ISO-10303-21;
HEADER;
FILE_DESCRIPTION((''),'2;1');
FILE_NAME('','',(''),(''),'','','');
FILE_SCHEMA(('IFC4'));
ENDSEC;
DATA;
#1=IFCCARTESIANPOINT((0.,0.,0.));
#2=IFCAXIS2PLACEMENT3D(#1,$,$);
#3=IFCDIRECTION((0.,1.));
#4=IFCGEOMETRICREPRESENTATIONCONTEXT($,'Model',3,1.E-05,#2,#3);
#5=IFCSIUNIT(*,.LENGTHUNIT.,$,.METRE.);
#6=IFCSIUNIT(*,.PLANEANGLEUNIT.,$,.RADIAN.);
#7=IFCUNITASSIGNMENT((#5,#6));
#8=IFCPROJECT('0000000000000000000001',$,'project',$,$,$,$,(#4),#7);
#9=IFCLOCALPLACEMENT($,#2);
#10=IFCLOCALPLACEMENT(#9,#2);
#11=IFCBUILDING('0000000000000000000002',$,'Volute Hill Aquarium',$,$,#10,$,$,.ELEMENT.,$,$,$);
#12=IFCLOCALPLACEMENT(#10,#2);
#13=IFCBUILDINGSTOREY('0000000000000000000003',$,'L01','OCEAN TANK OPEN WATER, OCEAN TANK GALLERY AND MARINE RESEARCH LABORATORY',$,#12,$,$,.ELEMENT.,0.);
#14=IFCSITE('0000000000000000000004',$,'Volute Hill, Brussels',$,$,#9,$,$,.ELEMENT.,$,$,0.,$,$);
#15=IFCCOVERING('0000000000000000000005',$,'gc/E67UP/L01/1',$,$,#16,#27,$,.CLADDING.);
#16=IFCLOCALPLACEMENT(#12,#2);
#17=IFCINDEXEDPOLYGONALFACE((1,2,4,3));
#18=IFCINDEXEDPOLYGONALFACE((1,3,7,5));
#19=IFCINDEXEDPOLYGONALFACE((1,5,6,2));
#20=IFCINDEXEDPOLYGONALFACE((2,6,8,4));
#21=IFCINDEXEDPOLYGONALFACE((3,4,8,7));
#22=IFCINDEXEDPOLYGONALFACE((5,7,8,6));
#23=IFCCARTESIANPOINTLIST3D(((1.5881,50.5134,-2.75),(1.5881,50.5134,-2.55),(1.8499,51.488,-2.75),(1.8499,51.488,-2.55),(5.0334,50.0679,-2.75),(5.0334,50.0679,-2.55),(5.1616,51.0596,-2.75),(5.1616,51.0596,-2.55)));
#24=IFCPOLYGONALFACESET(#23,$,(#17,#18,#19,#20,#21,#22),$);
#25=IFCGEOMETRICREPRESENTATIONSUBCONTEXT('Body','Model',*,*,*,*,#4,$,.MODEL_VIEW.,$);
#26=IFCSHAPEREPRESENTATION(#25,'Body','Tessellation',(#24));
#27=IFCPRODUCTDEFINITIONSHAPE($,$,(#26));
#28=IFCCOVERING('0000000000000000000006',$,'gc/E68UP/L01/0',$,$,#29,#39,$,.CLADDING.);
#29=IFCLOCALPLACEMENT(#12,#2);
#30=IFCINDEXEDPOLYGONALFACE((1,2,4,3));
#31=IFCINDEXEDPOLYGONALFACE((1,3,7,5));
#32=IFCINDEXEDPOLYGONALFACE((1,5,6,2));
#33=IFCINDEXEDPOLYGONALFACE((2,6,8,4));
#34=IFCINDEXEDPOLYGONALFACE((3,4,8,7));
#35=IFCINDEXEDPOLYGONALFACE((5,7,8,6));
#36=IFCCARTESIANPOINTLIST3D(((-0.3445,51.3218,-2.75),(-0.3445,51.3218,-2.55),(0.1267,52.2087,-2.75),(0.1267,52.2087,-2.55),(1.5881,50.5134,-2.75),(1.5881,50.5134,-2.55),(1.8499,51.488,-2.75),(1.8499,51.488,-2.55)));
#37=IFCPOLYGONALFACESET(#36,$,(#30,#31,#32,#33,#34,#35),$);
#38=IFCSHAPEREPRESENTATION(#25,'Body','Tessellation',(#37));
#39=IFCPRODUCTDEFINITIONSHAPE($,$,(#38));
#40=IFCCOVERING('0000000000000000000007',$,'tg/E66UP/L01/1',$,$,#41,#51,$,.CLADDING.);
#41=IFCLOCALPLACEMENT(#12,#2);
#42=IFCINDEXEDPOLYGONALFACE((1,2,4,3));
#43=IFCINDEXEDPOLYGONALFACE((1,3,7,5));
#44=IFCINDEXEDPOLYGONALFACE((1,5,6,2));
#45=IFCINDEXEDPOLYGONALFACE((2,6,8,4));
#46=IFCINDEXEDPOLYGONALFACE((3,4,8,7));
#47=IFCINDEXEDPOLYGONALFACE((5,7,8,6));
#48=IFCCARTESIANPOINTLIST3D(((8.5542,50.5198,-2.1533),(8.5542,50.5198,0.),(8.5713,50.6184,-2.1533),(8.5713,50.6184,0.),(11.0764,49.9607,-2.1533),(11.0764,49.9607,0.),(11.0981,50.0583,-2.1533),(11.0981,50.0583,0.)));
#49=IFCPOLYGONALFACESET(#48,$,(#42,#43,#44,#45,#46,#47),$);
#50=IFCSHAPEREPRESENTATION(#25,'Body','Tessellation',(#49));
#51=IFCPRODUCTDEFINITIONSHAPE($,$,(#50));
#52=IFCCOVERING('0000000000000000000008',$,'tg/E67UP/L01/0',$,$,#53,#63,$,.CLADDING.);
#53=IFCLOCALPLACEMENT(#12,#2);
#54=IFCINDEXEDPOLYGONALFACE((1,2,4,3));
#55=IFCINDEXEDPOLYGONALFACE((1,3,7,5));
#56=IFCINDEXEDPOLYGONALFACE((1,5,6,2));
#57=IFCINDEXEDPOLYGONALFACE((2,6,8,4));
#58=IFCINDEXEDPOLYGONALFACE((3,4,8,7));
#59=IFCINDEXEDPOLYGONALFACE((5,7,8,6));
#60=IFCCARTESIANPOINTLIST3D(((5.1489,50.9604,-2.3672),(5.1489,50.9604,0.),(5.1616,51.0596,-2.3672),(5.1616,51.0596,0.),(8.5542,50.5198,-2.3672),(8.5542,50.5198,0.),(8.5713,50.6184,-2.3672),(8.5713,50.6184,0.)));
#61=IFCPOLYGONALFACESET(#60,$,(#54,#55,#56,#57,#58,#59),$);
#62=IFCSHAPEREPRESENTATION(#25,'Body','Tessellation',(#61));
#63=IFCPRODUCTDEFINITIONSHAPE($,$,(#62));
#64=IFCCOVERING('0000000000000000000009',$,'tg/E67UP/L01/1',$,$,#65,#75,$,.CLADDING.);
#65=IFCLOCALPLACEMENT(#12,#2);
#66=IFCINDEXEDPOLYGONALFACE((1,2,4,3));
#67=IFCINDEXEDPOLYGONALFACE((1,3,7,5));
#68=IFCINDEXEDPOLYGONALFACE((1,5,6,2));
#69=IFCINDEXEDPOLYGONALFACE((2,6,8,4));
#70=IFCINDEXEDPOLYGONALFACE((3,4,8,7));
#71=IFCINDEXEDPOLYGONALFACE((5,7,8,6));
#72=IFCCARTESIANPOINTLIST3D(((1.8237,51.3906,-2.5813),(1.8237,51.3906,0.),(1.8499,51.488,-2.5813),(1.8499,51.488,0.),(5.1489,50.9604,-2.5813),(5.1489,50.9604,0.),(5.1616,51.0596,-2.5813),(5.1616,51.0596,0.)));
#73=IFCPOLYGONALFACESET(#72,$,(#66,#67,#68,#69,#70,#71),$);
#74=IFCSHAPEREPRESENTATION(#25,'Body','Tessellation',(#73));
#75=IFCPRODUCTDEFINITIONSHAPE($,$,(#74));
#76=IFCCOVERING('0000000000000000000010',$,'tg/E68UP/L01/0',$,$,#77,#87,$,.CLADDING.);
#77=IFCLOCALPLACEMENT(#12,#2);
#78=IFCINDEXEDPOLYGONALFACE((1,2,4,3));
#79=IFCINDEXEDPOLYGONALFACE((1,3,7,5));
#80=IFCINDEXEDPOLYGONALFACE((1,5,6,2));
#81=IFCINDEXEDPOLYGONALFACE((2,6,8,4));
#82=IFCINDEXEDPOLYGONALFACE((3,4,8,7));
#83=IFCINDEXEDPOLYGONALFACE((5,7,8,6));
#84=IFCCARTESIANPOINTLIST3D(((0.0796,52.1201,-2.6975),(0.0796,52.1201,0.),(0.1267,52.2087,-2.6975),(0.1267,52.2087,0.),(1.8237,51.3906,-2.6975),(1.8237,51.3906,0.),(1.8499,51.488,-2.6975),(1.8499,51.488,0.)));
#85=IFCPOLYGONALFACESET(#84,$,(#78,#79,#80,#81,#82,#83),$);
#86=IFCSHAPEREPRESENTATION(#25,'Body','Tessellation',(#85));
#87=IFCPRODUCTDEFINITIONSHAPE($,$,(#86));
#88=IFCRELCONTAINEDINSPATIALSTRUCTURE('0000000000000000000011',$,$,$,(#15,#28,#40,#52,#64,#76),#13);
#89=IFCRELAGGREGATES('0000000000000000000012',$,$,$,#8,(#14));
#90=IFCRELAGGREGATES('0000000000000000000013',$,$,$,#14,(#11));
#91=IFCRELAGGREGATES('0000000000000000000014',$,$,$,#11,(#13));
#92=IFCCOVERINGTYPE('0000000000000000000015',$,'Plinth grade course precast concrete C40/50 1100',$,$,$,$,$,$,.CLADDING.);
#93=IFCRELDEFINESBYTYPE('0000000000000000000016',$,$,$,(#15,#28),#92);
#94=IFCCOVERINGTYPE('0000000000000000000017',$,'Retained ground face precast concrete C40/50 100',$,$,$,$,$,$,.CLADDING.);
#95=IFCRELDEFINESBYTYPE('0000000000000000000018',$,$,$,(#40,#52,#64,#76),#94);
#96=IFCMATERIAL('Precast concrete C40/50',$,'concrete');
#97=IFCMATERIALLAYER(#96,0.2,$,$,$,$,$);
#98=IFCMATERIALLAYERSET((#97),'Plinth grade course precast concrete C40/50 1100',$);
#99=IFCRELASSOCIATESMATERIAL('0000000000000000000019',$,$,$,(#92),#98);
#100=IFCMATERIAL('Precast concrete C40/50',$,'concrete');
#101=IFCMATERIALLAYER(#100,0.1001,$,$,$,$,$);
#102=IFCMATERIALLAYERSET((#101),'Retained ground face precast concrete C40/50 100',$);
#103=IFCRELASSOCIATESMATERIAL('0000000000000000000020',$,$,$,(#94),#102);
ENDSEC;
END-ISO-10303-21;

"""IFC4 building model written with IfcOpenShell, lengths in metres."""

from ifc_helpers import new_model, si_unit, direction, frame, origin, place, context, subcontext, project, spatial, polyline, outline, extrude, material, layer, layer_set, type_object, element, save


model = new_model("IFC4")

# Units and contexts
model_context = context("Model", 3, precision=1e-05, world=origin(), true_north=direction((0.0, 1.0)))
body_context = subcontext(model_context, "Body", "Model", "MODEL_VIEW")
ifc_project = project(units=[si_unit("LENGTHUNIT", "METRE"), si_unit("PLANEANGLEUNIT", "RADIAN")], contexts=[model_context])

# Site, building, storey
site_placement = place(None, origin())
site = spatial("IfcSite", under=ifc_project, at=site_placement, Name="Volute Hill, Brussels", CompositionType="ELEMENT", RefElevation=0.0)
building_placement = place(site_placement, origin())
building = spatial("IfcBuilding", under=site, at=building_placement, Name="Volute Hill Aquarium", CompositionType="ELEMENT")
storey_placement = place(building_placement, origin())
storey = spatial("IfcBuildingStorey", under=building, at=storey_placement, Name="L01", Description="OCEAN TANK OPEN WATER, OCEAN TANK GALLERY AND MARINE RESEARCH LABORATORY", CompositionType="ELEMENT", Elevation=0.0)

# Coverings
ifc_material_1 = material(Name="Precast concrete C40/50", Category="concrete")
ifc_layer_1 = layer(ifc_material_1, 0.2)
ifc_layer_set_1 = layer_set([ifc_layer_1], Name="Plinth grade course precast concrete C40/50 1100")
covering_type_1 = type_object("IfcCoveringType", Name="Plinth grade course precast concrete C40/50 1100", PredefinedType="CLADDING", material=ifc_layer_set_1)
covering_1_placement = place(storey_placement, frame((0.0, 0.0, -2.75)))
element("IfcCovering", 1, at=covering_1_placement, inside=storey, type_object=covering_type_1, Name="gc/E67UP/L01/1", PredefinedType="CLADDING", context=body_context, shape_type="SweptSolid", body=[
    extrude(outline(polyline([(5.1616, 51.0596), (1.8499, 51.488), (1.5881, 50.5134), (5.0334, 50.0679), (5.1616, 51.0596)])), origin(), (0.0, 0.0, 1.0), 0.2),
])
covering_2_placement = place(storey_placement, frame((0.0, 0.0, -2.75)))
element("IfcCovering", 2, at=covering_2_placement, inside=storey, type_object=covering_type_1, Name="gc/E68UP/L01/0", PredefinedType="CLADDING", context=body_context, shape_type="SweptSolid", body=[
    extrude(outline(polyline([(0.1267, 52.2087), (0.1267, 52.2087), (-0.3445, 51.3218), (1.5881, 50.5134), (1.5881, 50.5134), (1.8499, 51.488), (1.8499, 51.488), (0.1267, 52.2087)])), origin(), (0.0, 0.0, 1.0), 0.2),
])
ifc_material_2 = material(Name="Precast concrete C40/50", Category="concrete")
ifc_layer_2 = layer(ifc_material_2, 0.1001)
ifc_layer_set_2 = layer_set([ifc_layer_2], Name="Retained ground face precast concrete C40/50 100")
covering_type_2 = type_object("IfcCoveringType", Name="Retained ground face precast concrete C40/50 100", PredefinedType="CLADDING", material=ifc_layer_set_2)
covering_3_placement = place(storey_placement, frame((0.0, 0.0, -2.1533)))
element("IfcCovering", 3, at=covering_3_placement, inside=storey, type_object=covering_type_2, Name="tg/E66UP/L01/1", PredefinedType="CLADDING", context=body_context, shape_type="SweptSolid", body=[
    extrude(outline(polyline([(11.0981, 50.0583), (8.5713, 50.6184), (8.5542, 50.5198), (11.0764, 49.9607), (11.0981, 50.0583)])), origin(), (0.0, 0.0, 1.0), 2.1533),
])
covering_4_placement = place(storey_placement, frame((0.0, 0.0, -2.3672)))
element("IfcCovering", 4, at=covering_4_placement, inside=storey, type_object=covering_type_2, Name="tg/E67UP/L01/0", PredefinedType="CLADDING", context=body_context, shape_type="SweptSolid", body=[
    extrude(outline(polyline([(8.5713, 50.6184), (5.1616, 51.0596), (5.1489, 50.9604), (8.5542, 50.5198), (8.5542, 50.5198), (8.5713, 50.6184), (8.5713, 50.6184)])), origin(), (0.0, 0.0, 1.0), 2.3672),
])
covering_5_placement = place(storey_placement, frame((0.0, 0.0, -2.5813)))
element("IfcCovering", 5, at=covering_5_placement, inside=storey, type_object=covering_type_2, Name="tg/E67UP/L01/1", PredefinedType="CLADDING", context=body_context, shape_type="SweptSolid", body=[
    extrude(outline(polyline([(5.1616, 51.0596), (1.8499, 51.488), (1.8237, 51.3906), (5.1489, 50.9604), (5.1616, 51.0596)])), origin(), (0.0, 0.0, 1.0), 2.5813),
])
covering_6_placement = place(storey_placement, frame((0.0, 0.0, -2.6975)))
element("IfcCovering", 6, at=covering_6_placement, inside=storey, type_object=covering_type_2, Name="tg/E68UP/L01/0", PredefinedType="CLADDING", context=body_context, shape_type="SweptSolid", body=[
    extrude(outline(polyline([(0.1267, 52.2087), (0.1267, 52.2087), (0.0796, 52.1201), (1.8237, 51.3906), (1.8237, 51.3906), (1.8499, 51.488), (1.8499, 51.488), (0.1267, 52.2087)])), origin(), (0.0, 0.0, 1.0), 2.6975),
])

save(model, "model.ifc")
